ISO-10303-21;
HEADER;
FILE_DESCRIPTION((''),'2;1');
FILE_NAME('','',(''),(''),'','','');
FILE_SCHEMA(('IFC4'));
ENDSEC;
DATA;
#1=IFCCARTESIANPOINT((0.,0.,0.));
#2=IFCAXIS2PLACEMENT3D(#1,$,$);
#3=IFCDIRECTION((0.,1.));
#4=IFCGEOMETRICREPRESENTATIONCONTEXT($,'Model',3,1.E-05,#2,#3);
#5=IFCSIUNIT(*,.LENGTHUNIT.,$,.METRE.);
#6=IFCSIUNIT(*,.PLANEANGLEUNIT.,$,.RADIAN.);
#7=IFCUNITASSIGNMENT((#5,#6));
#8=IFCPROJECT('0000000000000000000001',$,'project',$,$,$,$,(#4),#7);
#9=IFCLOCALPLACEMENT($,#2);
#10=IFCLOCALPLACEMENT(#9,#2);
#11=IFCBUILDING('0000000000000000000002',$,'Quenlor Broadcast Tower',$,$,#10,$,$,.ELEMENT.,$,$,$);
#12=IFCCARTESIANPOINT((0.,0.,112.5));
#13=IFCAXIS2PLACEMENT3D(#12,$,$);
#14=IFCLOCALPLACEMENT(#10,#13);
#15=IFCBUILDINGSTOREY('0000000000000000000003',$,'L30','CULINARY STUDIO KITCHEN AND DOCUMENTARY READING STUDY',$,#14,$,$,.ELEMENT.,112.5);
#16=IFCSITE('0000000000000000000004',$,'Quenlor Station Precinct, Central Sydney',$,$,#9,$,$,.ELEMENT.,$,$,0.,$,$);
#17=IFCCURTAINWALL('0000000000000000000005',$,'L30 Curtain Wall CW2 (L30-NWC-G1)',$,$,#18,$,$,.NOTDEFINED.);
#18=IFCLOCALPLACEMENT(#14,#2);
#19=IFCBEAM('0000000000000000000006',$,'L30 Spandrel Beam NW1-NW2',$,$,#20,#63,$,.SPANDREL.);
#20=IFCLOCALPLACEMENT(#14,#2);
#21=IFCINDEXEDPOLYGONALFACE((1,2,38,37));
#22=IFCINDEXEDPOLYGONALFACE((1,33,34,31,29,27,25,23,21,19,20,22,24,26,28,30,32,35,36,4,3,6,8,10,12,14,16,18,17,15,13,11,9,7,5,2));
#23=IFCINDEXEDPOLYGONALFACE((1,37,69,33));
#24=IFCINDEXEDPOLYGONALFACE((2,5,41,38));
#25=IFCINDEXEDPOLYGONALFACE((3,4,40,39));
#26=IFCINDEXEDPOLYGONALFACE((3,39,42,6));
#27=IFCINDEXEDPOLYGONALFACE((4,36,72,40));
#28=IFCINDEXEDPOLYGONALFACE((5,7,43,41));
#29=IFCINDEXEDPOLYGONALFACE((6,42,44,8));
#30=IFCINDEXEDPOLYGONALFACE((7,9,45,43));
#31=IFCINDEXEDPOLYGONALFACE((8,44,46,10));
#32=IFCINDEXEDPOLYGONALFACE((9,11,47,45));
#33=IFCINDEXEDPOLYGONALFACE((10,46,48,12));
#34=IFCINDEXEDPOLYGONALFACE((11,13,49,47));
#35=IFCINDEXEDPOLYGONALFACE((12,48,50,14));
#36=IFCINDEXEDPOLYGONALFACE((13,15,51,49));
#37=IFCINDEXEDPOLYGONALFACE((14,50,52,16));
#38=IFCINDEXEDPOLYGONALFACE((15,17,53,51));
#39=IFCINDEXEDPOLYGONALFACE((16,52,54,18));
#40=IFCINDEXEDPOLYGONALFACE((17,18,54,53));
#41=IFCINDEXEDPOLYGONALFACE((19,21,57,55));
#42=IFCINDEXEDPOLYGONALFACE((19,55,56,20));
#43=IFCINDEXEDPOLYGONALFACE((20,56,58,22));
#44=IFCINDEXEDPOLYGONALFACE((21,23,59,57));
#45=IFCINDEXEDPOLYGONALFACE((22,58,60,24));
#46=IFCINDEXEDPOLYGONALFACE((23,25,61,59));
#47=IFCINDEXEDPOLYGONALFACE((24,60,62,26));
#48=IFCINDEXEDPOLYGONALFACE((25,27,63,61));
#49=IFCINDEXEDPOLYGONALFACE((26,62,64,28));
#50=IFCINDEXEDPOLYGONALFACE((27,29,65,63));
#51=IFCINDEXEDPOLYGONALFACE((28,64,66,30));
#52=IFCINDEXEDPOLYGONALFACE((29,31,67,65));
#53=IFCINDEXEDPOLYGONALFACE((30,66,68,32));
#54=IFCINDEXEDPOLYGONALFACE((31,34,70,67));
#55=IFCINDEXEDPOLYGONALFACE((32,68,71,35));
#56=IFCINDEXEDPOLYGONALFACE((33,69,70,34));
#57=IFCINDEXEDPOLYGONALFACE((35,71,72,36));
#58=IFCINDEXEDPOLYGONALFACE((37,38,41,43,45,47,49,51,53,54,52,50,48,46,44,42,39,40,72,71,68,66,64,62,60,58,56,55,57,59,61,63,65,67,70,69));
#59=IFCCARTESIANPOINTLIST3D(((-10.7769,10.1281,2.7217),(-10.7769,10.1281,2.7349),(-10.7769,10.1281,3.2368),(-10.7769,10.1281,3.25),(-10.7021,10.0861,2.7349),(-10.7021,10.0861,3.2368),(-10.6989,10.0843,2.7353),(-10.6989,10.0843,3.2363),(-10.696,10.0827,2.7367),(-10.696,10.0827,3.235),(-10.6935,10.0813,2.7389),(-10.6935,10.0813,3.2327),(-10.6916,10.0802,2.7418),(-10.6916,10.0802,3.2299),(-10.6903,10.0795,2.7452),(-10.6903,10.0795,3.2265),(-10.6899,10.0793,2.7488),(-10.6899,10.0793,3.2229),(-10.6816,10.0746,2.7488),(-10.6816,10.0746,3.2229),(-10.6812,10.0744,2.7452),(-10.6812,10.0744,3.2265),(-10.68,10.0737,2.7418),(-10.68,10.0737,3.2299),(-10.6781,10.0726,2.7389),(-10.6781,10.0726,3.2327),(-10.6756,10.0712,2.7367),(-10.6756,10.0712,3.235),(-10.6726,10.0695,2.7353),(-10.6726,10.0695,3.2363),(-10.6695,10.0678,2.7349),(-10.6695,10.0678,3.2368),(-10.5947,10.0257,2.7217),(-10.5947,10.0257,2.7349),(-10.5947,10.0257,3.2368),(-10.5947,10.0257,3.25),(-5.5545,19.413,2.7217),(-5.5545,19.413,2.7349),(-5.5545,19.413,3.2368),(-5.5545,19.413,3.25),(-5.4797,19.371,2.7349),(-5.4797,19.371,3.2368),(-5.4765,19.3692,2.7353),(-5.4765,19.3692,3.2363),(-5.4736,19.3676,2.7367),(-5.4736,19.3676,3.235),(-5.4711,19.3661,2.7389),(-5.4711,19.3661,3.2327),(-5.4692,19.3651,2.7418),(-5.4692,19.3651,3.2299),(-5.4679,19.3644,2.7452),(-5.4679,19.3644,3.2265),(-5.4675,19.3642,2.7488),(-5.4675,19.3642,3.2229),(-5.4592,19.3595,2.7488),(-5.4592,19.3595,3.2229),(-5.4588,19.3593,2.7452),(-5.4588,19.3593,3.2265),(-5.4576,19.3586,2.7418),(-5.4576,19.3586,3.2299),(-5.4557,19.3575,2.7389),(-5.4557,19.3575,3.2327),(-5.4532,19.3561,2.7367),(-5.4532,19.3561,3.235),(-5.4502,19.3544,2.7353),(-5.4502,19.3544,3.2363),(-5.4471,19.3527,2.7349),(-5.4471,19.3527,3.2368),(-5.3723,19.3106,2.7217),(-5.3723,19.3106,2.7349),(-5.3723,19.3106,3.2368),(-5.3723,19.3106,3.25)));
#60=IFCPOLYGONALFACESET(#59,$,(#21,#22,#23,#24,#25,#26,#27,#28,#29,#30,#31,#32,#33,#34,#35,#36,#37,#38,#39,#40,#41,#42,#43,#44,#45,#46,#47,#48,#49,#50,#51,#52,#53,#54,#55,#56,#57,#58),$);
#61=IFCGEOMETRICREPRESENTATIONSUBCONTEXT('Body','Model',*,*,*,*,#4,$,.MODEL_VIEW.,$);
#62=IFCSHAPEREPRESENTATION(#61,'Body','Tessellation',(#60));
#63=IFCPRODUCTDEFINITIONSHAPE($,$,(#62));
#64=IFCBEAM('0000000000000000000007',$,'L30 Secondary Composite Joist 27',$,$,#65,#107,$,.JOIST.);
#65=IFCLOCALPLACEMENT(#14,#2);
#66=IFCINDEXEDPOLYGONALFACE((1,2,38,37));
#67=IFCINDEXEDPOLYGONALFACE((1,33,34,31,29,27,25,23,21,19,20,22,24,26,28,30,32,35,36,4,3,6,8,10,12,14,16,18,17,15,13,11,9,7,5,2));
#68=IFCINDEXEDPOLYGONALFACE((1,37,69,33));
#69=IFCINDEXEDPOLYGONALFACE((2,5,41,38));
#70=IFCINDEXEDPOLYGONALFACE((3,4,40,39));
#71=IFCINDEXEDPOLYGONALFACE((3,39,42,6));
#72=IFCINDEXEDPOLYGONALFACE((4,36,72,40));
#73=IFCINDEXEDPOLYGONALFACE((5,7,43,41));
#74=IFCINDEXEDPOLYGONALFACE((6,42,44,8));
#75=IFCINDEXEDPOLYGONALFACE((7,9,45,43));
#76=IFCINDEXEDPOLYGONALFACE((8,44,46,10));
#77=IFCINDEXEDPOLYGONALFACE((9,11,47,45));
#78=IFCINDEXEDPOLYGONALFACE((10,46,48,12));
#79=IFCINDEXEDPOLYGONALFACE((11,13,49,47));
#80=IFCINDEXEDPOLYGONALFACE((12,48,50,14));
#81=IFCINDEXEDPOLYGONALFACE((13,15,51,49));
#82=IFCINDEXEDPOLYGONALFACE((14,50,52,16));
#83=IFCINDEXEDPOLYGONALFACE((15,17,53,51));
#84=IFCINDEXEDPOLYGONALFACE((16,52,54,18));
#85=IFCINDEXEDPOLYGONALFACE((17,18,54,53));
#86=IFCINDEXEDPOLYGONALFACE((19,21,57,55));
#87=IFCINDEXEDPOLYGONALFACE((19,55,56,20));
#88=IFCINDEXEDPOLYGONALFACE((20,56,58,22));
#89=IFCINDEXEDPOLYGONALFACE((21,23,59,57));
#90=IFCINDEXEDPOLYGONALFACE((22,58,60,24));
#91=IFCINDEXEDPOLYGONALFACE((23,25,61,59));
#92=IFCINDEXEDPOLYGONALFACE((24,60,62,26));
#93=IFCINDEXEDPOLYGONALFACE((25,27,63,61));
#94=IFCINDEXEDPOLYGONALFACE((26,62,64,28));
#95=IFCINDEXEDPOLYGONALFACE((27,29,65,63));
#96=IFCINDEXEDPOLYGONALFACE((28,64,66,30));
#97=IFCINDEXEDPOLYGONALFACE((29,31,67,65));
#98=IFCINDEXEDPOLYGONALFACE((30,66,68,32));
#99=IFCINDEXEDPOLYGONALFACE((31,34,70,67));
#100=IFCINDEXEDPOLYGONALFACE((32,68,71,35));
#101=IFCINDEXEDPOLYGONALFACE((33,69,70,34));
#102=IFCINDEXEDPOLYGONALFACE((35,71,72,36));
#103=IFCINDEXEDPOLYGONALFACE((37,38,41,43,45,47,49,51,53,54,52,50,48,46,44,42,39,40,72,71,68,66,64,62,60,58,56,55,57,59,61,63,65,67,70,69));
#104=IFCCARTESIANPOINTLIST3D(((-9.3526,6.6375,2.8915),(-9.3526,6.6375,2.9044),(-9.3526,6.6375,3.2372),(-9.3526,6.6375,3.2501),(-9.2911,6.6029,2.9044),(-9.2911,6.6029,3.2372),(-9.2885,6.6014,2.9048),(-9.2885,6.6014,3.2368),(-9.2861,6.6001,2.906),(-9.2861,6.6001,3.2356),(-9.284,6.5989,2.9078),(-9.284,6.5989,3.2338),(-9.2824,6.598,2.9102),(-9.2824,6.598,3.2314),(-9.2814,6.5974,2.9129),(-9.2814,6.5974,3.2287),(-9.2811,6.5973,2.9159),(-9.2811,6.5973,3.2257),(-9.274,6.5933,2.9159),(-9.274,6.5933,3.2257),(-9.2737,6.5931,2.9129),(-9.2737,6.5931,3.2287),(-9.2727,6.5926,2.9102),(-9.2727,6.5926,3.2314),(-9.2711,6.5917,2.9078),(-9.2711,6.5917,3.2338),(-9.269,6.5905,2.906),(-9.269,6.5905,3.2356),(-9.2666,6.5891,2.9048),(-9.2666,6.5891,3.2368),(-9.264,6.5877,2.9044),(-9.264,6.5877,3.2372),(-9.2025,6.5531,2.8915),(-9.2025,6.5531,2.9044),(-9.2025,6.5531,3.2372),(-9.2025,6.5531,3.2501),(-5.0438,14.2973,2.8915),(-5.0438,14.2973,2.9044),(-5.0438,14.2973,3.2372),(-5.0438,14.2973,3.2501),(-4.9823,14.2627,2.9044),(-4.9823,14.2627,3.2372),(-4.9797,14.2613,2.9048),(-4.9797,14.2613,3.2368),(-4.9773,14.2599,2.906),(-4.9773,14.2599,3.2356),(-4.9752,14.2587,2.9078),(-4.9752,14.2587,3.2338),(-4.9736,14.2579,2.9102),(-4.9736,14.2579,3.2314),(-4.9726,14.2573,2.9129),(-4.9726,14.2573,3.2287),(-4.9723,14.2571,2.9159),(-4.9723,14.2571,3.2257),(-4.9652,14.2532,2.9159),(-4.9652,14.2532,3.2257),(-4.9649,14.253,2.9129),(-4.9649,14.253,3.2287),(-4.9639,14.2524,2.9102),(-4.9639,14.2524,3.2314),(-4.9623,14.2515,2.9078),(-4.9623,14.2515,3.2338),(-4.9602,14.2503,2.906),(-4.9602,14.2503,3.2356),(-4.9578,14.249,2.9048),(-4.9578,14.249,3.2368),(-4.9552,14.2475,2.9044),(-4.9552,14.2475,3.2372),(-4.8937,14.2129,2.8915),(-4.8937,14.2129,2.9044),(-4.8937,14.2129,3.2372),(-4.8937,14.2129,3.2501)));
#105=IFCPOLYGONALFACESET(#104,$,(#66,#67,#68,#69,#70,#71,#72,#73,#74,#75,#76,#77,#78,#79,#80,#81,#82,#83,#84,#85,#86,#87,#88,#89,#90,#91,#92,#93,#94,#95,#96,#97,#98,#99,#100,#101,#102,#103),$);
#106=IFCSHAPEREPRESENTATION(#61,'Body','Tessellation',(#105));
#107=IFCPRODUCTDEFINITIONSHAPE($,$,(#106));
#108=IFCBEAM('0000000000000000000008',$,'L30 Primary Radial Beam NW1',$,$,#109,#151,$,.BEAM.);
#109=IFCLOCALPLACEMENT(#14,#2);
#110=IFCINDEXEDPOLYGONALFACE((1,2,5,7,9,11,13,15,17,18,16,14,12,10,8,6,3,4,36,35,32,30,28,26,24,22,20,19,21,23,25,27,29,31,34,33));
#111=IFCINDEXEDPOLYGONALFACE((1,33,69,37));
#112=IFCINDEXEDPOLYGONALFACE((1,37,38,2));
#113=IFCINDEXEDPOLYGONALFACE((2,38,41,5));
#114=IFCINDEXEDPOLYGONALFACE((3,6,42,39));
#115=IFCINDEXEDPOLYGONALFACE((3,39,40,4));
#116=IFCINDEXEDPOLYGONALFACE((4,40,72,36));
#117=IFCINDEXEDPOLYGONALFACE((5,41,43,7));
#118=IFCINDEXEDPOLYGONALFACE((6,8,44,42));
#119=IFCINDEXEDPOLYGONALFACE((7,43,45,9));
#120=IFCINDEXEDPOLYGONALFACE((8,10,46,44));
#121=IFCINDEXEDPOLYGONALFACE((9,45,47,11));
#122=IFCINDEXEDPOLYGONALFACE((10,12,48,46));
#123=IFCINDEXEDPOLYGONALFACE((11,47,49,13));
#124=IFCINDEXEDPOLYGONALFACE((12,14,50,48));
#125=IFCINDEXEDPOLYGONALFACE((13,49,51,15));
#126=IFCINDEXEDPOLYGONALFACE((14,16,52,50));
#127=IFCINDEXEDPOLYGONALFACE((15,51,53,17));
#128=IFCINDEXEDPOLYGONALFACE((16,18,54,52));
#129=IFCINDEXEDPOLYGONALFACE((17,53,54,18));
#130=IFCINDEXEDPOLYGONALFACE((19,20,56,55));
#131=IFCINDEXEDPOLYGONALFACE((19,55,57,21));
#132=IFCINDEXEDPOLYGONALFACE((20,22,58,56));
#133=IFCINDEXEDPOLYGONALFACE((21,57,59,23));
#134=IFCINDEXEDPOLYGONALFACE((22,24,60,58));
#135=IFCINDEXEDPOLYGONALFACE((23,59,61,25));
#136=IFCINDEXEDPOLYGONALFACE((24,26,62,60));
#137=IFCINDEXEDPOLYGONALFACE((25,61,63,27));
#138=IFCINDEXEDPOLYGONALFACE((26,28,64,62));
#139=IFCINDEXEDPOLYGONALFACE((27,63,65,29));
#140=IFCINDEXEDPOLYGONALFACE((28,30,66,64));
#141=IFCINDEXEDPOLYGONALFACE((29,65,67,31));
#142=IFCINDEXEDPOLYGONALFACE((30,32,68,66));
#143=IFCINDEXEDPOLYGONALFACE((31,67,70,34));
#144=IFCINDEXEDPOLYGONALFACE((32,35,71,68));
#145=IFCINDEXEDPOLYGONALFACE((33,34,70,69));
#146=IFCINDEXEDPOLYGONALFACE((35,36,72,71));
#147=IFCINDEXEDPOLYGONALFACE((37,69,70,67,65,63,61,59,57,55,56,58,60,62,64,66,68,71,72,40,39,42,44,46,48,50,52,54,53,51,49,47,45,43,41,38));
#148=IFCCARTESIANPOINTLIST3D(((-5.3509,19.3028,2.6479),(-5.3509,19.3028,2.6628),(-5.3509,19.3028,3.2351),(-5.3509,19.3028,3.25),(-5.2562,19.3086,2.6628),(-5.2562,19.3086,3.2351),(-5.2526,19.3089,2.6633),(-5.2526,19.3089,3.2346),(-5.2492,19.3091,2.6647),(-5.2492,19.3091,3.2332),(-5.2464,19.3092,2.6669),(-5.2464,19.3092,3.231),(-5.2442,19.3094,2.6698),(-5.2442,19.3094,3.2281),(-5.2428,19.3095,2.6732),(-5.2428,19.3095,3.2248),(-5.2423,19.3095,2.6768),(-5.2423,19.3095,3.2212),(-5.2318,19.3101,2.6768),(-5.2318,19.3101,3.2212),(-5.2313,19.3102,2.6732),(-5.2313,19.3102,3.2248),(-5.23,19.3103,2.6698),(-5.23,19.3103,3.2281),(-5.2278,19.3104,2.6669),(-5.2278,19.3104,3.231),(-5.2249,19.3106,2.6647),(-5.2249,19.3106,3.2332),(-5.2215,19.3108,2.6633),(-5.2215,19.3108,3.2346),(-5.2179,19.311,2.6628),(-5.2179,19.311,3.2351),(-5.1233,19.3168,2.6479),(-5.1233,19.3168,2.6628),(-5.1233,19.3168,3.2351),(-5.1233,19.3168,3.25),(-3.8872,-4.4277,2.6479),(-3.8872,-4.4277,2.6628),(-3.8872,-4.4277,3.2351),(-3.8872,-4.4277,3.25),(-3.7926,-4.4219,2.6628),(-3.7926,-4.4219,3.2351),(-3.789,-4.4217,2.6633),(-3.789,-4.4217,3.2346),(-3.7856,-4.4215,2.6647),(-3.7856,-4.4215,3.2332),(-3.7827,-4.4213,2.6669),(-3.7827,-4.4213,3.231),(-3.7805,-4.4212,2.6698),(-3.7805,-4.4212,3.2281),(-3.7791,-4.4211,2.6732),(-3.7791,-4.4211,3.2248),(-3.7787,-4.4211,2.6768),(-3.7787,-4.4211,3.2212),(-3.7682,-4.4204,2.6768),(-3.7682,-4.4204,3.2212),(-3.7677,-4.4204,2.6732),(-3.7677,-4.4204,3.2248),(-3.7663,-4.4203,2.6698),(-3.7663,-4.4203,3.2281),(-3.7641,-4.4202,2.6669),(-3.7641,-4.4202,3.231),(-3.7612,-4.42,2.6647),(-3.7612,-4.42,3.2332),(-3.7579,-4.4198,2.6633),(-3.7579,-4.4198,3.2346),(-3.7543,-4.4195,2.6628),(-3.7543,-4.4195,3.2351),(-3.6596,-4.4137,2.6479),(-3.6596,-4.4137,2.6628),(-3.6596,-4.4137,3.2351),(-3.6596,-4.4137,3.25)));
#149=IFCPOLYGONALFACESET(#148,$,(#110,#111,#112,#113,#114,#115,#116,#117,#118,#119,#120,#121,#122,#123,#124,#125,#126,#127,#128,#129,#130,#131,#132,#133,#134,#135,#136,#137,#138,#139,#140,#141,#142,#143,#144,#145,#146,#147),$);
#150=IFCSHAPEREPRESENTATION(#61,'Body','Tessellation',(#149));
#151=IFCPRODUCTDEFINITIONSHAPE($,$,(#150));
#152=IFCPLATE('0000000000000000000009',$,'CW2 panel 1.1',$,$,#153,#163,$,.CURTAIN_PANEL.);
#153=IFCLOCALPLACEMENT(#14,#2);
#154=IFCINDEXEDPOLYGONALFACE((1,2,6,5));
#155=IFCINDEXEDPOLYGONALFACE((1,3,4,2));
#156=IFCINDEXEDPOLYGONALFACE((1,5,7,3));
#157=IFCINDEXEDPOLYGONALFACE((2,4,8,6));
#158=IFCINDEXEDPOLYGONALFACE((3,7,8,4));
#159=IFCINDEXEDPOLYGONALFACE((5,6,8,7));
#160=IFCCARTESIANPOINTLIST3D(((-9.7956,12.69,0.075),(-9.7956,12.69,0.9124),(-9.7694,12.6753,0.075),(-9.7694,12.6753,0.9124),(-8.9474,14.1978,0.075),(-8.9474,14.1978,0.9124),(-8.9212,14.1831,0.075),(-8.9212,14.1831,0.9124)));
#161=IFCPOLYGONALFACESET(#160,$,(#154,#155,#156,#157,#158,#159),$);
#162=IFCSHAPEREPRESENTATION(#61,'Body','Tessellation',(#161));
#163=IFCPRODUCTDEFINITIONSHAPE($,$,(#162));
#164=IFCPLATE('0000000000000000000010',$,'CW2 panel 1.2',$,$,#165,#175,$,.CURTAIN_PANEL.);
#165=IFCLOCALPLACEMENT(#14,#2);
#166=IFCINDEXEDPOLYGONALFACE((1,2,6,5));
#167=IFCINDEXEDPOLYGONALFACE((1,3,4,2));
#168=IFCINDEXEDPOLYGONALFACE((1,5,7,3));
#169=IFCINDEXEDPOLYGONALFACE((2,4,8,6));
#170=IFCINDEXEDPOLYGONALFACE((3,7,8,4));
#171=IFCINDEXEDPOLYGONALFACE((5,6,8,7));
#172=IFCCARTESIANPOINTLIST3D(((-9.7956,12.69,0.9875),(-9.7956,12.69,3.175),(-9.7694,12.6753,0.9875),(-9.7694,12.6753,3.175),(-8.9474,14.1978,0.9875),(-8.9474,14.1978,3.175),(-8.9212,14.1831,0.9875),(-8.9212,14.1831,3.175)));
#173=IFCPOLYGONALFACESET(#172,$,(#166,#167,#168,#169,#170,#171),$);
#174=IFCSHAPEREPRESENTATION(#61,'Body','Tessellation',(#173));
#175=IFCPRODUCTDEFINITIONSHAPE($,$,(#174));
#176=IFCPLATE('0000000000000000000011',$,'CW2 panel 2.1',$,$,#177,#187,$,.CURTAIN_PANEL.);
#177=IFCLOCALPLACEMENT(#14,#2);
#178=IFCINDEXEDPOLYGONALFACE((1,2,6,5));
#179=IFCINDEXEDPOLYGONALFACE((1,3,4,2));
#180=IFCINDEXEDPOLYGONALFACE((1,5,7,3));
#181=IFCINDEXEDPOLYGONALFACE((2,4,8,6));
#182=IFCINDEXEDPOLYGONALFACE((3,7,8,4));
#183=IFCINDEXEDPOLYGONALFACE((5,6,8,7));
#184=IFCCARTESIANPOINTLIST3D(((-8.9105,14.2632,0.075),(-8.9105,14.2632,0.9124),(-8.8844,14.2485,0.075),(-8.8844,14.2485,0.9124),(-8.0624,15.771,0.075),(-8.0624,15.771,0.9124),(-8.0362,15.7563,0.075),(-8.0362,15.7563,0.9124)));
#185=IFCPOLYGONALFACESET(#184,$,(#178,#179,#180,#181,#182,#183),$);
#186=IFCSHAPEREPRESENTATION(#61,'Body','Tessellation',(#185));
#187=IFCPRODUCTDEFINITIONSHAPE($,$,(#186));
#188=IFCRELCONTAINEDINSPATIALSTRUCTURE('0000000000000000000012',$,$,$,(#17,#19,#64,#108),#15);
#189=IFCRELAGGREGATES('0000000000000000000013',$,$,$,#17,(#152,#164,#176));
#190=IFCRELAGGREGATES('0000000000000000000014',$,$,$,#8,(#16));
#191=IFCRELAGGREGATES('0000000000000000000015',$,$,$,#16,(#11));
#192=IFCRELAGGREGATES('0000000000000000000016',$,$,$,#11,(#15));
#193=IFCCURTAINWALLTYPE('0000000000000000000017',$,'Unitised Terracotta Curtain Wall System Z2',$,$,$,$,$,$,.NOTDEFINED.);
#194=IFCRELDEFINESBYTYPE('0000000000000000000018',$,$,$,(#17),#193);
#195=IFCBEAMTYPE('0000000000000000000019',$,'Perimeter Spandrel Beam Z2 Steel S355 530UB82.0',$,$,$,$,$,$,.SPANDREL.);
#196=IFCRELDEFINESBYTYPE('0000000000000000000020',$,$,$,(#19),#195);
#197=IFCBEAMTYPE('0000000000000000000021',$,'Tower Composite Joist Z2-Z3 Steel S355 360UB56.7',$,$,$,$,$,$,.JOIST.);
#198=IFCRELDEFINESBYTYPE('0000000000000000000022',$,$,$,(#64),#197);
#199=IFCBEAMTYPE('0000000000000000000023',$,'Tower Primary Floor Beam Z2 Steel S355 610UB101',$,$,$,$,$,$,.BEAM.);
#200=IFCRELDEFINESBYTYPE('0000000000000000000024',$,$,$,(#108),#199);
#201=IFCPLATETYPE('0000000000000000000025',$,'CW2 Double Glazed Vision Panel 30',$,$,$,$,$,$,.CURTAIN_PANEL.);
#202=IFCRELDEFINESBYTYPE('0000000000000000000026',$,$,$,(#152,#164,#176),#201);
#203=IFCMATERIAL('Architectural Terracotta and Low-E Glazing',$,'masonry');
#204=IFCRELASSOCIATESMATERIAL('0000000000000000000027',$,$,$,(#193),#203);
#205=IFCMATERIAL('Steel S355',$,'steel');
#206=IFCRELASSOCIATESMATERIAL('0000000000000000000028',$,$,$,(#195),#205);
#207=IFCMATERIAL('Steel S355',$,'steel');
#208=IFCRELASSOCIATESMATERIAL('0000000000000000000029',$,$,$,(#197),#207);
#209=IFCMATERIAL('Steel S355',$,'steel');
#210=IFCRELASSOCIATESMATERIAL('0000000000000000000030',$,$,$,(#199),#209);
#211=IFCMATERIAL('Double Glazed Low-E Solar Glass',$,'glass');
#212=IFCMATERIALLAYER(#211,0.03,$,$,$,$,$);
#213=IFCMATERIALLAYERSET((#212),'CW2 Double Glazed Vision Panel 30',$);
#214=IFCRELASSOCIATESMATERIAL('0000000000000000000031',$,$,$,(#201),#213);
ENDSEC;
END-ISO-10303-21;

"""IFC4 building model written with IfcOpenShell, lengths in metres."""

from ifc_helpers import new_model, si_unit, direction, frame, origin, origin_2d, place, context, subcontext, project, spatial, rectangle, i_section, extrude, material, layer, layer_set, material_profile, profile_set, type_object, element, aggregate, save


model = new_model("IFC4")

# Units and contexts
model_context = context("Model", 3, precision=1e-05, world=origin(), true_north=direction((0.0, 1.0)))
body_context = subcontext(model_context, "Body", "Model", "MODEL_VIEW")
ifc_project = project(units=[si_unit("LENGTHUNIT", "METRE"), si_unit("PLANEANGLEUNIT", "RADIAN")], contexts=[model_context])

# Site, building, storey
site_placement = place(None, origin())
site = spatial("IfcSite", under=ifc_project, at=site_placement, Name="Quenlor Station Precinct, Central Sydney", CompositionType="ELEMENT", RefElevation=0.0)
building_placement = place(site_placement, origin())
building = spatial("IfcBuilding", under=site, at=building_placement, Name="Quenlor Broadcast Tower", CompositionType="ELEMENT")
storey_placement = place(building_placement, frame((0.0, 0.0, 112.5)))
storey = spatial("IfcBuildingStorey", under=building, at=storey_placement, Name="L30", Description="CULINARY STUDIO KITCHEN AND DOCUMENTARY READING STUDY", CompositionType="ELEMENT", Elevation=112.5)

# Curtain wall
ifc_material_1 = material(Name="Architectural Terracotta and Low-E Glazing", Category="masonry")
curtain_wall_type = type_object("IfcCurtainWallType", Name="Unitised Terracotta Curtain Wall System Z2", PredefinedType="NOTDEFINED", material=ifc_material_1)
curtain_wall_placement = place(storey_placement, origin())
curtain_wall = element("IfcCurtainWall", 1, at=curtain_wall_placement, inside=storey, type_object=curtain_wall_type, Name="L30 Curtain Wall CW2 (L30-NWC-G1)", PredefinedType="NOTDEFINED")

# Beams
ifc_material_2 = material(Name="Steel S355", Category="steel")
ifc_material_profile_1 = material_profile(ifc_material_2, i_section(OverallWidth=0.209, OverallDepth=0.5283, WebThickness=0.0095, FlangeThickness=0.0132, FilletRadius=0.0139, at=origin_2d()))
ifc_profile_set_1 = profile_set([ifc_material_profile_1], Name="Steel S355 530UB82.0")
beam_type_1 = type_object("IfcBeamType", Name="Perimeter Spandrel Beam Z2 Steel S355 530UB82.0", PredefinedType="SPANDREL", material=ifc_profile_set_1)
beam_1_placement = place(storey_placement, frame((-5.4634, 19.3618, 2.9858), z_axis=(-0.490236, -0.87159, 0.0), x_axis=(0.87159, -0.490236, 0.0)))
element("IfcBeam", 2, at=beam_1_placement, inside=storey, type_object=beam_type_1, Name="L30 Spandrel Beam NW1-NW2", PredefinedType="SPANDREL", context=body_context, shape_type="SweptSolid", body=[
    extrude(i_section(OverallWidth=0.209, OverallDepth=0.5283, WebThickness=0.0095, FlangeThickness=0.0132, FilletRadius=0.0139, at=origin_2d()), origin(), (0.0, 0.0, 1.0), 10.6528),
])
ifc_material_3 = material(Name="Steel S355", Category="steel")
ifc_material_profile_2 = material_profile(ifc_material_3, i_section(OverallWidth=0.1721, OverallDepth=0.3586, WebThickness=0.0081, FlangeThickness=0.0129, FilletRadius=0.0115, at=origin_2d()))
ifc_profile_set_2 = profile_set([ifc_material_profile_2], Name="Steel S355 360UB56.7")
beam_type_2 = type_object("IfcBeamType", Name="Tower Composite Joist Z2-Z3 Steel S355 360UB56.7", PredefinedType="JOIST", material=ifc_profile_set_2)
beam_2_placement = place(storey_placement, frame((-4.9688, 14.2551, 3.0708), z_axis=(-0.490273, -0.871569, 0.0), x_axis=(0.871569, -0.490273, 0.0)))
element("IfcBeam", 3, at=beam_2_placement, inside=storey, type_object=beam_type_2, Name="L30 Secondary Composite Joist 27", PredefinedType="JOIST", context=body_context, shape_type="SweptSolid", body=[
    extrude(i_section(OverallWidth=0.1721, OverallDepth=0.3586, WebThickness=0.0081, FlangeThickness=0.0129, FilletRadius=0.0115, at=origin_2d()), origin(), (0.0, 0.0, 1.0), 8.7886),
])
ifc_material_4 = material(Name="Steel S355", Category="steel")
ifc_material_profile_3 = material_profile(ifc_material_4, i_section(OverallWidth=0.228, OverallDepth=0.6021, WebThickness=0.0105, FlangeThickness=0.0149, FilletRadius=0.0139, at=origin_2d()))
ifc_profile_set_3 = profile_set([ifc_material_profile_3], Name="Steel S355 610UB101")
beam_type_3 = type_object("IfcBeamType", Name="Tower Primary Floor Beam Z2 Steel S355 610UB101", PredefinedType="BEAM", material=ifc_profile_set_3)
beam_3_placement = place(storey_placement, frame((-5.2371, 19.3098, 2.949), z_axis=(0.06156, -0.998103, 0.0), x_axis=(0.998103, 0.06156, 0.0)))
element("IfcBeam", 4, at=beam_3_placement, inside=storey, type_object=beam_type_3, Name="L30 Primary Radial Beam NW1", PredefinedType="BEAM", context=body_context, shape_type="SweptSolid", body=[
    extrude(i_section(OverallWidth=0.228, OverallDepth=0.6021, WebThickness=0.0105, FlangeThickness=0.0149, FilletRadius=0.0139, at=origin_2d()), origin(), (0.0, 0.0, 1.0), 23.7756),
])

# Plates
ifc_material_5 = material(Name="Double Glazed Low-E Solar Glass", Category="glass")
ifc_layer_1 = layer(ifc_material_5, 0.03)
ifc_layer_set_1 = layer_set([ifc_layer_1], Name="CW2 Double Glazed Vision Panel 30")
plate_type_1 = type_object("IfcPlateType", Name="CW2 Double Glazed Vision Panel 30", PredefinedType="CURTAIN_PANEL", material=ifc_layer_set_1)
plate_1_placement = place(storey_placement, frame((-9.3584, 13.4365, 0.075), z_axis=(0.0, 0.0, 1.0), x_axis=(0.490265, 0.871573, 0.0)))
plate_1 = element("IfcPlate", 5, at=plate_1_placement, type_object=plate_type_1, Name="CW2 panel 1.1", PredefinedType="CURTAIN_PANEL", context=body_context, shape_type="SweptSolid", body=[
    extrude(rectangle(XDim=1.73, YDim=0.03, at=origin_2d()), origin(), (0.0, 0.0, 1.0), 0.8374),
])
plate_2_placement = place(storey_placement, frame((-9.3584, 13.4365, 0.9875), z_axis=(0.0, 0.0, 1.0), x_axis=(0.490265, 0.871573, 0.0)))
plate_2 = element("IfcPlate", 6, at=plate_2_placement, type_object=plate_type_1, Name="CW2 panel 1.2", PredefinedType="CURTAIN_PANEL", context=body_context, shape_type="SweptSolid", body=[
    extrude(rectangle(XDim=1.73, YDim=0.03, at=origin_2d()), origin(), (0.0, 0.0, 1.0), 2.1875),
])
plate_3_placement = place(storey_placement, frame((-8.4734, 15.0098, 0.075), z_axis=(0.0, 0.0, 1.0), x_axis=(0.490265, 0.871573, 0.0)))
plate_3 = element("IfcPlate", 7, at=plate_3_placement, type_object=plate_type_1, Name="CW2 panel 2.1", PredefinedType="CURTAIN_PANEL", context=body_context, shape_type="SweptSolid", body=[
    extrude(rectangle(XDim=1.73, YDim=0.03, at=origin_2d()), origin(), (0.0, 0.0, 1.0), 0.8374),
])
aggregate(curtain_wall, [plate_1, plate_2, plate_3])

save(model, "model.ifc")
